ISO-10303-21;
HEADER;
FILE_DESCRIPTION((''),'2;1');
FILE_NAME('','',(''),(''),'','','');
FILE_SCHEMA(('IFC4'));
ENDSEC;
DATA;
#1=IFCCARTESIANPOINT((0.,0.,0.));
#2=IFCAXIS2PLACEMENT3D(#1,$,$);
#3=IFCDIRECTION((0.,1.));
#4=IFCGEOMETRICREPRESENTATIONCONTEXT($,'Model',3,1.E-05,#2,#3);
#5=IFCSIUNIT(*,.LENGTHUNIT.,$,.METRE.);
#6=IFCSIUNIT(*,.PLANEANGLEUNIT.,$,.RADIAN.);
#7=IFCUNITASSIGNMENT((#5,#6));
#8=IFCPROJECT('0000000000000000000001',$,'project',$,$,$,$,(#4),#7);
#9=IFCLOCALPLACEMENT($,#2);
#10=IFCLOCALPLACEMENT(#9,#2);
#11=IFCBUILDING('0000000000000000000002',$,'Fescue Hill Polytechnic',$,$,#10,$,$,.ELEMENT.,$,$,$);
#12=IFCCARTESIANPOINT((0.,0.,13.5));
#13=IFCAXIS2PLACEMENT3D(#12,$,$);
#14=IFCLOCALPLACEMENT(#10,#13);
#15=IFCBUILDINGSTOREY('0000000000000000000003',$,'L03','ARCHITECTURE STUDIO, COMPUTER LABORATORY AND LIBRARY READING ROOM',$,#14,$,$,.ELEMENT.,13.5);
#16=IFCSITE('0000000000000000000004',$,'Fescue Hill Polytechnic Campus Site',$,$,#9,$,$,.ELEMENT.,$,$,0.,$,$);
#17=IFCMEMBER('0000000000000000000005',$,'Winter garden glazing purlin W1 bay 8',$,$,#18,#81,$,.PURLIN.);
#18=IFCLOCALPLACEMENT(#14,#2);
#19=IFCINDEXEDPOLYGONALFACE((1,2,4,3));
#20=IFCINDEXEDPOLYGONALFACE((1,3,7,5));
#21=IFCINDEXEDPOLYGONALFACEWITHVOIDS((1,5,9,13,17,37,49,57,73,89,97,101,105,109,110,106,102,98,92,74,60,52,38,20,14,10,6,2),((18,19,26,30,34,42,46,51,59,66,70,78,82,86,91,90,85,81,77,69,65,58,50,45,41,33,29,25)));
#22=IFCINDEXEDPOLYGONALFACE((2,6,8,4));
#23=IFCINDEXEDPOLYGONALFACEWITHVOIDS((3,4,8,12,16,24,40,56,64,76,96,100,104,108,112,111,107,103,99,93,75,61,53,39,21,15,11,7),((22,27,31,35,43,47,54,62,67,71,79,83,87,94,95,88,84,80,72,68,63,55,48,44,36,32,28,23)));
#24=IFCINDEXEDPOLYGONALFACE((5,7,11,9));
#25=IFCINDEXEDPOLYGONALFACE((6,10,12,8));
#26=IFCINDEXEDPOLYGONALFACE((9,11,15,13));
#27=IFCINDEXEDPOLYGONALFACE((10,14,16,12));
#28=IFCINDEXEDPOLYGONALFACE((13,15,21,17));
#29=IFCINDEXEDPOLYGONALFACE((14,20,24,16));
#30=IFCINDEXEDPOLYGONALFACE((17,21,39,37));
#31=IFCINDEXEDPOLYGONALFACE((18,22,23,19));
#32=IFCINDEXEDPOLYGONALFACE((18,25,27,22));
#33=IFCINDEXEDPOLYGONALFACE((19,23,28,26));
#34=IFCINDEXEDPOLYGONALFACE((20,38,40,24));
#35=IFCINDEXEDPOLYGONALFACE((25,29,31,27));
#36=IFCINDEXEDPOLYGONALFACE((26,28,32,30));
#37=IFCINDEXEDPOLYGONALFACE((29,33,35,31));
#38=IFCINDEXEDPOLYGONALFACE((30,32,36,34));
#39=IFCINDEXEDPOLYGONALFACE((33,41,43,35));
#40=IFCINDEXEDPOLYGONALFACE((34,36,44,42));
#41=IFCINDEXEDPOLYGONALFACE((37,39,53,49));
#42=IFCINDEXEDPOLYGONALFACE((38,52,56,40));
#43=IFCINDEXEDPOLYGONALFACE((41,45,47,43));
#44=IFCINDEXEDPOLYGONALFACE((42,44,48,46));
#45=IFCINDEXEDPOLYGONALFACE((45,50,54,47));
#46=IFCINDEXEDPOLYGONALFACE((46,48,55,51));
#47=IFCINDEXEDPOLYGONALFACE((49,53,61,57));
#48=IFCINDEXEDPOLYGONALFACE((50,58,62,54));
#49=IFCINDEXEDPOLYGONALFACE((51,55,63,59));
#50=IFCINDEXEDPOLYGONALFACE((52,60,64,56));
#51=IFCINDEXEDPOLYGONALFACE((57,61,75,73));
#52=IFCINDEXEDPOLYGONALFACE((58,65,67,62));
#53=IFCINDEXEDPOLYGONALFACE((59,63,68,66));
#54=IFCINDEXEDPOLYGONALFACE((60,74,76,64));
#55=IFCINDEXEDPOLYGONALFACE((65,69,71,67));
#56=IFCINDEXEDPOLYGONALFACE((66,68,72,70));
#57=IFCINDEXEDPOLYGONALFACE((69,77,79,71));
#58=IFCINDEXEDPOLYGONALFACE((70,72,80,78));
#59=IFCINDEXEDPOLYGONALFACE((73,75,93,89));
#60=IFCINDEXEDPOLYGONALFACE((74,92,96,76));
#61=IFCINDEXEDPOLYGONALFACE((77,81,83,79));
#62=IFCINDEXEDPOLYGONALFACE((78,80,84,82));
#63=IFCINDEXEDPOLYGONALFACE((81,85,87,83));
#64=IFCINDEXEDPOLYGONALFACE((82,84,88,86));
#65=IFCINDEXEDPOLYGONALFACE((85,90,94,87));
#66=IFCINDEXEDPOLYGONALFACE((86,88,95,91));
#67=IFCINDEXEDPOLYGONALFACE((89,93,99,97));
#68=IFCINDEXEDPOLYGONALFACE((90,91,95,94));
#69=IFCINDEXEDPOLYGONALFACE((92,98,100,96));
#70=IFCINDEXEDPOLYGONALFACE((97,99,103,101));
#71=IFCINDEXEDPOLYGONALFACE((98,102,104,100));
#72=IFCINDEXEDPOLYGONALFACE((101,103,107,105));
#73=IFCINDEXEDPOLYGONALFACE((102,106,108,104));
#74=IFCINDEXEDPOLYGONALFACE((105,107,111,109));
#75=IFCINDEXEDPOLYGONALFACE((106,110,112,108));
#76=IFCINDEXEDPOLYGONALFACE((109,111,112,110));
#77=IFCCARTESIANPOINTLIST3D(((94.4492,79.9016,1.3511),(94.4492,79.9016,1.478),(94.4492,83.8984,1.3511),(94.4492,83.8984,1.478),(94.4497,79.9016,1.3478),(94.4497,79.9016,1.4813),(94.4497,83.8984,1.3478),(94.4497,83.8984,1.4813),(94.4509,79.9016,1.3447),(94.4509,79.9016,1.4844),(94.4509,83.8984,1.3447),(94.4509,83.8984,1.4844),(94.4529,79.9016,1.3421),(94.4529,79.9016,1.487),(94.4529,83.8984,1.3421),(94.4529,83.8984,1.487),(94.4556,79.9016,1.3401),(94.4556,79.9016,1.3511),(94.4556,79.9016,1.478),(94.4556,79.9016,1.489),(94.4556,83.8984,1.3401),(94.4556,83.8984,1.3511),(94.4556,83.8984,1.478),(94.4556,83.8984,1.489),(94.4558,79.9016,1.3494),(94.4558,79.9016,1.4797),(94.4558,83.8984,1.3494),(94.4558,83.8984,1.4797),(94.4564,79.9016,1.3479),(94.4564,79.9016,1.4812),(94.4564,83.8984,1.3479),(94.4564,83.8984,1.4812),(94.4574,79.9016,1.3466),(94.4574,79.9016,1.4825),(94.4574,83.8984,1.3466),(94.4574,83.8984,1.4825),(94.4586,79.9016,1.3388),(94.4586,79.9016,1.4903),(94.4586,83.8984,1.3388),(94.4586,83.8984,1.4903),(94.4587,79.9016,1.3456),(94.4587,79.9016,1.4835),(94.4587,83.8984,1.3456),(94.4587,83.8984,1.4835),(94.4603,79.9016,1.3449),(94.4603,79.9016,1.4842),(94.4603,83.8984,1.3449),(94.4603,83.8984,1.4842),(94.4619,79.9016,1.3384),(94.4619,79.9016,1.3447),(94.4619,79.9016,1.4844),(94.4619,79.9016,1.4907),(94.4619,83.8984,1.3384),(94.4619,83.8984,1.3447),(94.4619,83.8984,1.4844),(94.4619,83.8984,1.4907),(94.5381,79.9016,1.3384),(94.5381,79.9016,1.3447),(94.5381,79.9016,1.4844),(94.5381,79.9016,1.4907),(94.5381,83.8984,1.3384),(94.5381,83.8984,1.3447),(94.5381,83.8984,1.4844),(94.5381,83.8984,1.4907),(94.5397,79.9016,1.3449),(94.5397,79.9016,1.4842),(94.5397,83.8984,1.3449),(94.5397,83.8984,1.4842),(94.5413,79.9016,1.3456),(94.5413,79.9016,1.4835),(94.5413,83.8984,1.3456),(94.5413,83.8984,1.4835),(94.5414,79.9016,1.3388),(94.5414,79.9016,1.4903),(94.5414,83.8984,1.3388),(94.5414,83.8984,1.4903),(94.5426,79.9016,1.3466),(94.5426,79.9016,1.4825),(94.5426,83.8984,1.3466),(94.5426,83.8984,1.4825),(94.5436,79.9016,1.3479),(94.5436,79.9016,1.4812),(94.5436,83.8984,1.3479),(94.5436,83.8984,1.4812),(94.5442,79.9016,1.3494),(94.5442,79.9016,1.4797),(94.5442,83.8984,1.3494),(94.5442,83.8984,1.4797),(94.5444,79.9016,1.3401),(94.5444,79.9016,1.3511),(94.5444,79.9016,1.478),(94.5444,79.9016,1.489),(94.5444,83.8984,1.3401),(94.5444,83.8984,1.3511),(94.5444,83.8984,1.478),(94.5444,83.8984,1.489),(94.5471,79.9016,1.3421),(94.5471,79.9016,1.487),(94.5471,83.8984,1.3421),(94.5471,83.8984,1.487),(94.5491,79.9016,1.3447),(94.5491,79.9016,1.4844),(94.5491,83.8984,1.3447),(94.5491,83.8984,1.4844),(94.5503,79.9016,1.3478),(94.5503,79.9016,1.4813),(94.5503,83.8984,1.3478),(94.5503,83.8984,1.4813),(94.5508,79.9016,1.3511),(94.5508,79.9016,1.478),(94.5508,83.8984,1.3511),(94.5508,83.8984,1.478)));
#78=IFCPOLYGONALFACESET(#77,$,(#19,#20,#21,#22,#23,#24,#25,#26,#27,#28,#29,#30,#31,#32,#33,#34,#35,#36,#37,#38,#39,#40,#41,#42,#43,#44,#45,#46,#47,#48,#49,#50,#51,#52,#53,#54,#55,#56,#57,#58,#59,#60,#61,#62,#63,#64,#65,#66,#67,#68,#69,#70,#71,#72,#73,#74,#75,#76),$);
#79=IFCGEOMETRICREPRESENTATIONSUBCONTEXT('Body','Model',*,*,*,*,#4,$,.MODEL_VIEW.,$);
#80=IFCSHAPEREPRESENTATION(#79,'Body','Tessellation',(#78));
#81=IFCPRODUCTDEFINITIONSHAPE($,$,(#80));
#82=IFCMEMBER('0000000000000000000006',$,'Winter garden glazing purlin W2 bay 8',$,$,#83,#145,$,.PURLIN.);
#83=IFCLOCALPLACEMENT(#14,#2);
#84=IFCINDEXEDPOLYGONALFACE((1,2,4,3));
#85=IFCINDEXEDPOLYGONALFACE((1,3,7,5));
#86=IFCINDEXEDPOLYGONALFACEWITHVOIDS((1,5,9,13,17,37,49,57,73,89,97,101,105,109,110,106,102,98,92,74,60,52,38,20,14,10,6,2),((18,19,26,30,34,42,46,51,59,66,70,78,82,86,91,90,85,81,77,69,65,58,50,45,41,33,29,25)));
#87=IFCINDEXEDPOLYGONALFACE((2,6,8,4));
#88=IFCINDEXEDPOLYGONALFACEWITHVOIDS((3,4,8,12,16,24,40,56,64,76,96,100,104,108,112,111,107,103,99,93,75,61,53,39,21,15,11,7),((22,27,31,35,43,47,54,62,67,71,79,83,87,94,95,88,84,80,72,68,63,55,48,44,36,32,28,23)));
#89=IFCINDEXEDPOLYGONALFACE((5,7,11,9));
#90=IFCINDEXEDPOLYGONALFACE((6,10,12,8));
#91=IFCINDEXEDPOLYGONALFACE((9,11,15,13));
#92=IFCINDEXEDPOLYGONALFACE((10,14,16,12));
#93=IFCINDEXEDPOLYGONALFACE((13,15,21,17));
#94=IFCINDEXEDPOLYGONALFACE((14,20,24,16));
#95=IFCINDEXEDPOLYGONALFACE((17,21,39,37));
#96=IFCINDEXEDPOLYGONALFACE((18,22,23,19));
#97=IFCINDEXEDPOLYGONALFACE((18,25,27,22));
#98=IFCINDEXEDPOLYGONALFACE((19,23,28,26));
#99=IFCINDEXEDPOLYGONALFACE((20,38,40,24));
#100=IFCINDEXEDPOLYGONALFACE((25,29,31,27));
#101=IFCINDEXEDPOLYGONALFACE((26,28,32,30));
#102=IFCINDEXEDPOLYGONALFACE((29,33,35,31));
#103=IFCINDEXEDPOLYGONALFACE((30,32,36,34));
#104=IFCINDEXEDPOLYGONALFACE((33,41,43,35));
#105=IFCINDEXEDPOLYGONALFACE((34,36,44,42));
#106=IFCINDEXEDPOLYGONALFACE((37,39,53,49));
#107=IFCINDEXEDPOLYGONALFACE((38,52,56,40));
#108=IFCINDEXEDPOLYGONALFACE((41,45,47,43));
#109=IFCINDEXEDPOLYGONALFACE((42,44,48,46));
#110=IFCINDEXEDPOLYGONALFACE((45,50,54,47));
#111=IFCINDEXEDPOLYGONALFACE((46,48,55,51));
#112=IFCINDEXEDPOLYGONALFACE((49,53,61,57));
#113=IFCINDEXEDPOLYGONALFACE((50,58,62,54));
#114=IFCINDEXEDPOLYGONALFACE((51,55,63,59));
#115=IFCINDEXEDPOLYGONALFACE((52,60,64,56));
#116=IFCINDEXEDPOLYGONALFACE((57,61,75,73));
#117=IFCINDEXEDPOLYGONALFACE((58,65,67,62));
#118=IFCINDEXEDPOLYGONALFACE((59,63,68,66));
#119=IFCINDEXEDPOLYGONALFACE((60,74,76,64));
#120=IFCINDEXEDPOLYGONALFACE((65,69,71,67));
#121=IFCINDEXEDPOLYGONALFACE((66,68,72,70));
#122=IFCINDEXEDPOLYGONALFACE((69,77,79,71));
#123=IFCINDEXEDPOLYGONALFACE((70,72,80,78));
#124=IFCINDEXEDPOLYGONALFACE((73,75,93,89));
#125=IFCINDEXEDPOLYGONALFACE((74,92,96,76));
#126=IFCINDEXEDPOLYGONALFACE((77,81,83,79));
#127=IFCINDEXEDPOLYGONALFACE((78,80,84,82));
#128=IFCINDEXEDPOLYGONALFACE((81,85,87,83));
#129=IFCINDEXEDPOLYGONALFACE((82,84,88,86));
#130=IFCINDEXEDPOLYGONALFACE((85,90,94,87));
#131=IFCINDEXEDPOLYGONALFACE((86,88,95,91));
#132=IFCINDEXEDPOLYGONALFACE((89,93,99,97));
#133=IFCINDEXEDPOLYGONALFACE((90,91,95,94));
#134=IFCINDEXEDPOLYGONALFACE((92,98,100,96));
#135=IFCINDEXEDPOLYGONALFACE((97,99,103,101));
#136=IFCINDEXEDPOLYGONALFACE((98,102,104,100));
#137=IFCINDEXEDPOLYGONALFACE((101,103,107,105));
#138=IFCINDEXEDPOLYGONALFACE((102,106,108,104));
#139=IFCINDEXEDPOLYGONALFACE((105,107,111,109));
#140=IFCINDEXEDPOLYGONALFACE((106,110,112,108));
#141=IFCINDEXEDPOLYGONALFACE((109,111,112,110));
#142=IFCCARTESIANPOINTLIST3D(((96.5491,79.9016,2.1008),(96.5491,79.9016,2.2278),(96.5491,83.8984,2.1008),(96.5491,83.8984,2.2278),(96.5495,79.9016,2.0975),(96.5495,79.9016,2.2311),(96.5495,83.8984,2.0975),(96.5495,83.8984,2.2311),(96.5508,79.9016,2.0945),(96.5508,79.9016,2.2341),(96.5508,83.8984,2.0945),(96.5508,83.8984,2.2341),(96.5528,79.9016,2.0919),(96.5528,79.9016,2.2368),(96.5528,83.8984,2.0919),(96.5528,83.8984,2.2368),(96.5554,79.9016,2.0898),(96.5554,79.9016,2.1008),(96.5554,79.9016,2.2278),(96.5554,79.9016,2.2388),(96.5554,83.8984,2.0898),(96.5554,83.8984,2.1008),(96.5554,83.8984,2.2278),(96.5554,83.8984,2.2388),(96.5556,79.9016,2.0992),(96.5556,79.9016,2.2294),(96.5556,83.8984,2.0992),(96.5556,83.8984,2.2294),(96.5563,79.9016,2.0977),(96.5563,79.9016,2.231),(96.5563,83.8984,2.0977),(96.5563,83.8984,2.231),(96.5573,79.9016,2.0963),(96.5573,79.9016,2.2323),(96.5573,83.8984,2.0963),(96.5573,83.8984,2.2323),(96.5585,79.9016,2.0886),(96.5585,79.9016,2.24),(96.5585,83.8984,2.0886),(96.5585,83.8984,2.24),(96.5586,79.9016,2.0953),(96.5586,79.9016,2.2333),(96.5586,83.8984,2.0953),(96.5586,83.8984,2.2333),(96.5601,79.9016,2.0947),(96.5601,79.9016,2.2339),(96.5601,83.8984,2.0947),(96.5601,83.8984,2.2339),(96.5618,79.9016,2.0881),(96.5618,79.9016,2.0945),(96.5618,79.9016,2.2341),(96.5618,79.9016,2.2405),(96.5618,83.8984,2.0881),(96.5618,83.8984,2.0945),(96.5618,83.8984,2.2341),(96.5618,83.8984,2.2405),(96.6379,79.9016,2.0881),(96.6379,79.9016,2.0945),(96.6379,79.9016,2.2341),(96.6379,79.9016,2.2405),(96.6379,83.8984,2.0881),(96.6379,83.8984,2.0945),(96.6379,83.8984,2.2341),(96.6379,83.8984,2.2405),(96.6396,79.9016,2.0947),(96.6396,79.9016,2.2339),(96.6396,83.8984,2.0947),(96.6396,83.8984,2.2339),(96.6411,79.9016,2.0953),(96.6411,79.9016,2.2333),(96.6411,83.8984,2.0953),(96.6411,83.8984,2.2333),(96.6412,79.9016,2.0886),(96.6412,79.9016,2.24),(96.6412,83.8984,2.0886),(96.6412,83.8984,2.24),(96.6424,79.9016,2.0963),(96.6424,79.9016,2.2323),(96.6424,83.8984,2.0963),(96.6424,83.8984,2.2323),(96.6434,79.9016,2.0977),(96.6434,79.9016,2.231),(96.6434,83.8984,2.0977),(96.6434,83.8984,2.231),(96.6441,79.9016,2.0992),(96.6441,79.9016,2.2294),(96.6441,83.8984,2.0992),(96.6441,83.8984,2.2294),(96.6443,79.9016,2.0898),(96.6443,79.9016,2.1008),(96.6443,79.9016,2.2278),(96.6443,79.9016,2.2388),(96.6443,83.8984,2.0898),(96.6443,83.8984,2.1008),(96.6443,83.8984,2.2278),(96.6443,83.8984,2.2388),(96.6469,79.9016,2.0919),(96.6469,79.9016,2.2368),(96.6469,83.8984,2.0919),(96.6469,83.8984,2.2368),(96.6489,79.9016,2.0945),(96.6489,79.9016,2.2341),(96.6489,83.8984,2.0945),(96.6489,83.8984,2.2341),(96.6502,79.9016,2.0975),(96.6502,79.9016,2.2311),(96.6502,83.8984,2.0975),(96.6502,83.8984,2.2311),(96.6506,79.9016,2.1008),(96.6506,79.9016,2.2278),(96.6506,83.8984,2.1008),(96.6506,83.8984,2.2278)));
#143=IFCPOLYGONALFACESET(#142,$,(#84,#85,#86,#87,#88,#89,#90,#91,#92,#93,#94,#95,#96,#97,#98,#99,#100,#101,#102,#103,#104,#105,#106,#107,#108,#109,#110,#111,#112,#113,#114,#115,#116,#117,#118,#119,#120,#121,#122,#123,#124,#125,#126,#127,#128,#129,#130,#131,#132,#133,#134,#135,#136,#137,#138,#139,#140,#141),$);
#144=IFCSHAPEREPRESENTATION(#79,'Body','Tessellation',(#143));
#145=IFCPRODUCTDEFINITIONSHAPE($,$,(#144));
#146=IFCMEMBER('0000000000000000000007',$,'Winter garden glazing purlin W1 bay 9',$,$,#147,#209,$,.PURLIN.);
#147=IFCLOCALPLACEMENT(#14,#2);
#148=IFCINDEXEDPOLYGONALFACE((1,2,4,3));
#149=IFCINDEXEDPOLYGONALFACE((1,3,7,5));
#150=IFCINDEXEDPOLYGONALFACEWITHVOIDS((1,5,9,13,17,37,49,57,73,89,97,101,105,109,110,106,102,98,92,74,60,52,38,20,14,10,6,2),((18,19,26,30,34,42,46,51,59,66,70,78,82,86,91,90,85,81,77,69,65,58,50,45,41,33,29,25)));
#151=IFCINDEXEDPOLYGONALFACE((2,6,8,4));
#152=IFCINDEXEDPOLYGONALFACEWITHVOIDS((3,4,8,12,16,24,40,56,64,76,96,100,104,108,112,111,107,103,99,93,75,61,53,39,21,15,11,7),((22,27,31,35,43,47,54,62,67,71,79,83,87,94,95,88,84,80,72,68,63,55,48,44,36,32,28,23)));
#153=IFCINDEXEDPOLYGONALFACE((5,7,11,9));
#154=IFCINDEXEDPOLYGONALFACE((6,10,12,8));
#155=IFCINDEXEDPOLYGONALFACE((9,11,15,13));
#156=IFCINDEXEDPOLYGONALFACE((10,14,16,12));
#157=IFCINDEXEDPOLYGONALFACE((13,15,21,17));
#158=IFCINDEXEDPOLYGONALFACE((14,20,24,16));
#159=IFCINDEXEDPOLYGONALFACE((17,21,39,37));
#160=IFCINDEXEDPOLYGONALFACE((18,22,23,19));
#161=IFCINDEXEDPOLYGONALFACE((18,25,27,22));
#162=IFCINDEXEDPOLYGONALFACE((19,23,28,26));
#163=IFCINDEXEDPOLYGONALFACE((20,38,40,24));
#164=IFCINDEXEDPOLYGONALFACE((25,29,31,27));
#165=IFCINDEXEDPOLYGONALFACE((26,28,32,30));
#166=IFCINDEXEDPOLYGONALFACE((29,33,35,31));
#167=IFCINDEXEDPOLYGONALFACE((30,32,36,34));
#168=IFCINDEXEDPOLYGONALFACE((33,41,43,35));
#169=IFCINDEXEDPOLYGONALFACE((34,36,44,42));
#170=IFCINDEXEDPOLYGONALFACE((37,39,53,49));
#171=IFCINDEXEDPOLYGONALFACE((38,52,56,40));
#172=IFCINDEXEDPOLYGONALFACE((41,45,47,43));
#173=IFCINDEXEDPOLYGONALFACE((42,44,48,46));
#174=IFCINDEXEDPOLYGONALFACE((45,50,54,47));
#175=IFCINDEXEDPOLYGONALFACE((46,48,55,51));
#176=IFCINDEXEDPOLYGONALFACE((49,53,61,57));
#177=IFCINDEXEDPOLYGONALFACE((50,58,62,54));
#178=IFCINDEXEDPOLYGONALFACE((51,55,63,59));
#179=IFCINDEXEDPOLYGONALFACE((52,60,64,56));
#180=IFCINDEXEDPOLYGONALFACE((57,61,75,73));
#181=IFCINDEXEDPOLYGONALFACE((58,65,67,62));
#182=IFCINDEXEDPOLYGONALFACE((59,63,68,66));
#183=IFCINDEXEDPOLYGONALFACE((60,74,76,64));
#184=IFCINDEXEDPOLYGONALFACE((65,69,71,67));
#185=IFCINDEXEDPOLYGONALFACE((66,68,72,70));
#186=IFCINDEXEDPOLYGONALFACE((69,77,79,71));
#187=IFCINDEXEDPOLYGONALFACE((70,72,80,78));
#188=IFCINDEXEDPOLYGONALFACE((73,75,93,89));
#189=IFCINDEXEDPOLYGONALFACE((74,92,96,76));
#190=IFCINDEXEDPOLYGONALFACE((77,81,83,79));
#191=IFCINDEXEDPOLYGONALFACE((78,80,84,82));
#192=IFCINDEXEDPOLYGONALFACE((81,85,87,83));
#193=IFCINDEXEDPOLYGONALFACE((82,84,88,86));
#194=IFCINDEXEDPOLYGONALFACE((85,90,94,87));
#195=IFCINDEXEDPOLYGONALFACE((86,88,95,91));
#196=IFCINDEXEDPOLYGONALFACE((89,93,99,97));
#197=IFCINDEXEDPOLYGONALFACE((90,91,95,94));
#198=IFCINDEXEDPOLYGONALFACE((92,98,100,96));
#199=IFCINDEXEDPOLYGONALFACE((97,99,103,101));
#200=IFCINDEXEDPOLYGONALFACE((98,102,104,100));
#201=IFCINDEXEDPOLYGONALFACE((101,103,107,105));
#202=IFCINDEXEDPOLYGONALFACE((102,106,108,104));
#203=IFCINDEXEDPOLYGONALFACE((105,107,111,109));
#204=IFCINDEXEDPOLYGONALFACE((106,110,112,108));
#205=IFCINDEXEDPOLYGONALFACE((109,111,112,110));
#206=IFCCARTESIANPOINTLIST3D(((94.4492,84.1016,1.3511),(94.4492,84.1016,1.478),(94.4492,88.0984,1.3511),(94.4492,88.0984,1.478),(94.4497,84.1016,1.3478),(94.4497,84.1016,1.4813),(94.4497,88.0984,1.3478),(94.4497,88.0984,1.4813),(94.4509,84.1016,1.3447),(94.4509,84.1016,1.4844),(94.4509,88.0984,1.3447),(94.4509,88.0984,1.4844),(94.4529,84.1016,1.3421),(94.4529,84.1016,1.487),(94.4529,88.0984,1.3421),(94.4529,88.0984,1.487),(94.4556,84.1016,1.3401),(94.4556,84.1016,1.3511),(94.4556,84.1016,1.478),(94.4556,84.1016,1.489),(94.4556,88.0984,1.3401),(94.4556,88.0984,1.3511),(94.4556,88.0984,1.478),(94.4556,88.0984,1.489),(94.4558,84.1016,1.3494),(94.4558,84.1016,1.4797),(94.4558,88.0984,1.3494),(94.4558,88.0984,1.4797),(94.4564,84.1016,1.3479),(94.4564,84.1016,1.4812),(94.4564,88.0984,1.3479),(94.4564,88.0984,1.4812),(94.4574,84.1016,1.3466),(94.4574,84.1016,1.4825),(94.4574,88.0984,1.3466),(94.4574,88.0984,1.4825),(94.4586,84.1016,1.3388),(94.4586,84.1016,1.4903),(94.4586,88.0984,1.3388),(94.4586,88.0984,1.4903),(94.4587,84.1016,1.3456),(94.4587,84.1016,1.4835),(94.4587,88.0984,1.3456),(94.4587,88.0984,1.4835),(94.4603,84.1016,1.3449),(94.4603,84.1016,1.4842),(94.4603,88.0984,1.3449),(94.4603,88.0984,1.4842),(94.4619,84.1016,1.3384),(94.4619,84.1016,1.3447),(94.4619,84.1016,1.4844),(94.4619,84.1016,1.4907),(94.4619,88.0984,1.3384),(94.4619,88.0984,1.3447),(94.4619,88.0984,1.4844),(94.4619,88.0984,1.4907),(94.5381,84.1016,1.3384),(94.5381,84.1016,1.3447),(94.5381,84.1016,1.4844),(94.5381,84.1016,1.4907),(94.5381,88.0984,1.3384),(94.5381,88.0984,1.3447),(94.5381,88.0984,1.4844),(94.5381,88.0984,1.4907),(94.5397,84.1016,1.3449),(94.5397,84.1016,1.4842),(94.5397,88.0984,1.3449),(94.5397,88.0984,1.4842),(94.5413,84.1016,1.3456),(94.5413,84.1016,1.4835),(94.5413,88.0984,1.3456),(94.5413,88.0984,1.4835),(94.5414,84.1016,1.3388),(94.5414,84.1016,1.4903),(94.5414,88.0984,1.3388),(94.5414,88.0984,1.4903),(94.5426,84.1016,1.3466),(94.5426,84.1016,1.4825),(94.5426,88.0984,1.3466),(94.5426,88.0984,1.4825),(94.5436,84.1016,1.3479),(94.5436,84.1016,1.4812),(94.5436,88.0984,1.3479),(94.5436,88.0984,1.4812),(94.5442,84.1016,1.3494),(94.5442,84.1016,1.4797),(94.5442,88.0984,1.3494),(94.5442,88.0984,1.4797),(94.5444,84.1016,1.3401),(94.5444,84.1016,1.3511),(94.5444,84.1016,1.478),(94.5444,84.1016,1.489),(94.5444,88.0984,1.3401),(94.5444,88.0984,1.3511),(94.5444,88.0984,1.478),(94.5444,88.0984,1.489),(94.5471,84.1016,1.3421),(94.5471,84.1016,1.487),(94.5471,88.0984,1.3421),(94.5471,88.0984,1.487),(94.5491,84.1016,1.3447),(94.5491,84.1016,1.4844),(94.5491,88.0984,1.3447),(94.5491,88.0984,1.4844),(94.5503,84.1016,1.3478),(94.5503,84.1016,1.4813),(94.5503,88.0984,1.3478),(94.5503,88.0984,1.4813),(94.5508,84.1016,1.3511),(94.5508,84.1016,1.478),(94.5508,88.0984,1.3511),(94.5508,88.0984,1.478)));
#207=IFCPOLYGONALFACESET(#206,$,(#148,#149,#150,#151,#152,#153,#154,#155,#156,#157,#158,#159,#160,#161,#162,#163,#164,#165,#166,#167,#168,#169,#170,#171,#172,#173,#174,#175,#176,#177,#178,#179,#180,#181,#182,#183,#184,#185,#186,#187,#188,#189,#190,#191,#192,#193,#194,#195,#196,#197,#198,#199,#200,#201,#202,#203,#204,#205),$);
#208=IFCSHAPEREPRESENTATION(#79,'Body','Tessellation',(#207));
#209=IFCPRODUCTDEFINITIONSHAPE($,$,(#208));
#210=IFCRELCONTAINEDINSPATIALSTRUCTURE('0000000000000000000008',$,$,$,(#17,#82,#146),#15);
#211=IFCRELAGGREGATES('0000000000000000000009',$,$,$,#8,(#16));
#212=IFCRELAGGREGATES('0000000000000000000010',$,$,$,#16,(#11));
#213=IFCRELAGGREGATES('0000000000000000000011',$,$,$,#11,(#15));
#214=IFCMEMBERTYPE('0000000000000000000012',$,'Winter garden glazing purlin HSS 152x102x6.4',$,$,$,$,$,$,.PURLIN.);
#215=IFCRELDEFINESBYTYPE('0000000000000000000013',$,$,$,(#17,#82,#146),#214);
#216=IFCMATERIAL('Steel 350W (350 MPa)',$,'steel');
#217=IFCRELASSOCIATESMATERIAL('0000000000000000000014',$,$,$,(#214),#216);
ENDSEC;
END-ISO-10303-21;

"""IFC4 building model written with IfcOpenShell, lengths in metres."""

from ifc_helpers import new_model, si_unit, direction, frame, origin, origin_2d, place, context, subcontext, project, spatial, hollow_rectangle, extrude, material, material_profile, profile_set, type_object, element, save


model = new_model("IFC4")

# Units and contexts
model_context = context("Model", 3, precision=1e-05, world=origin(), true_north=direction((0.0, 1.0)))
body_context = subcontext(model_context, "Body", "Model", "MODEL_VIEW")
ifc_project = project(units=[si_unit("LENGTHUNIT", "METRE"), si_unit("PLANEANGLEUNIT", "RADIAN")], contexts=[model_context])

# Site, building, storey
site_placement = place(None, origin())
site = spatial("IfcSite", under=ifc_project, at=site_placement, Name="Fescue Hill Polytechnic Campus Site", CompositionType="ELEMENT", RefElevation=0.0)
building_placement = place(site_placement, origin())
building = spatial("IfcBuilding", under=site, at=building_placement, Name="Fescue Hill Polytechnic", CompositionType="ELEMENT")
storey_placement = place(building_placement, frame((0.0, 0.0, 13.5)))
storey = spatial("IfcBuildingStorey", under=building, at=storey_placement, Name="L03", Description="ARCHITECTURE STUDIO, COMPUTER LABORATORY AND LIBRARY READING ROOM", CompositionType="ELEMENT", Elevation=13.5)

# Members
ifc_material_1 = material(Name="Steel 350W (350 MPa)", Category="steel")
ifc_material_profile_1 = material_profile(ifc_material_1, hollow_rectangle(XDim=0.1016, YDim=0.1523, WallThickness=0.0063, InnerFilletRadius=0.0063, OuterFilletRadius=0.0127, at=origin_2d()), Name="Winter garden glazing purlin HSS 152x102x6.4")
ifc_profile_set_1 = profile_set([ifc_material_profile_1], Name="Steel 350W (350 MPa)")
member_type_1 = type_object("IfcMemberType", Name="Winter garden glazing purlin HSS 152x102x6.4", PredefinedType="PURLIN", material=ifc_profile_set_1)
for number, where, z_axis, x_axis, name in (
    (1, (94.5, 79.9016, 1.4146), (0.0, 1.0, 0.0), (-1.0, 0.0, 0.0), "Winter garden glazing purlin W1 bay 8"),
    (2, (96.5999, 79.9016, 2.1643), (0.0, 1.0, 0.0), (-1.0, 0.0, 0.0), "Winter garden glazing purlin W2 bay 8"),
    (3, (94.5, 84.1016, 1.4146), (0.0, 1.0, 0.0), (-1.0, 0.0, 0.0), "Winter garden glazing purlin W1 bay 9"),
):
    element("IfcMember", number, at=place(storey_placement, frame(where, z_axis=z_axis, x_axis=x_axis)), inside=storey, type_object=member_type_1, Name=name, PredefinedType="PURLIN", context=body_context, shape_type="SweptSolid", body=[
        extrude(hollow_rectangle(XDim=0.1016, YDim=0.1523, WallThickness=0.0063, InnerFilletRadius=0.0063, OuterFilletRadius=0.0127, at=origin_2d()), origin(), (0.0, 0.0, 1.0), 3.9968),
    ])

save(model, "model.ifc")
